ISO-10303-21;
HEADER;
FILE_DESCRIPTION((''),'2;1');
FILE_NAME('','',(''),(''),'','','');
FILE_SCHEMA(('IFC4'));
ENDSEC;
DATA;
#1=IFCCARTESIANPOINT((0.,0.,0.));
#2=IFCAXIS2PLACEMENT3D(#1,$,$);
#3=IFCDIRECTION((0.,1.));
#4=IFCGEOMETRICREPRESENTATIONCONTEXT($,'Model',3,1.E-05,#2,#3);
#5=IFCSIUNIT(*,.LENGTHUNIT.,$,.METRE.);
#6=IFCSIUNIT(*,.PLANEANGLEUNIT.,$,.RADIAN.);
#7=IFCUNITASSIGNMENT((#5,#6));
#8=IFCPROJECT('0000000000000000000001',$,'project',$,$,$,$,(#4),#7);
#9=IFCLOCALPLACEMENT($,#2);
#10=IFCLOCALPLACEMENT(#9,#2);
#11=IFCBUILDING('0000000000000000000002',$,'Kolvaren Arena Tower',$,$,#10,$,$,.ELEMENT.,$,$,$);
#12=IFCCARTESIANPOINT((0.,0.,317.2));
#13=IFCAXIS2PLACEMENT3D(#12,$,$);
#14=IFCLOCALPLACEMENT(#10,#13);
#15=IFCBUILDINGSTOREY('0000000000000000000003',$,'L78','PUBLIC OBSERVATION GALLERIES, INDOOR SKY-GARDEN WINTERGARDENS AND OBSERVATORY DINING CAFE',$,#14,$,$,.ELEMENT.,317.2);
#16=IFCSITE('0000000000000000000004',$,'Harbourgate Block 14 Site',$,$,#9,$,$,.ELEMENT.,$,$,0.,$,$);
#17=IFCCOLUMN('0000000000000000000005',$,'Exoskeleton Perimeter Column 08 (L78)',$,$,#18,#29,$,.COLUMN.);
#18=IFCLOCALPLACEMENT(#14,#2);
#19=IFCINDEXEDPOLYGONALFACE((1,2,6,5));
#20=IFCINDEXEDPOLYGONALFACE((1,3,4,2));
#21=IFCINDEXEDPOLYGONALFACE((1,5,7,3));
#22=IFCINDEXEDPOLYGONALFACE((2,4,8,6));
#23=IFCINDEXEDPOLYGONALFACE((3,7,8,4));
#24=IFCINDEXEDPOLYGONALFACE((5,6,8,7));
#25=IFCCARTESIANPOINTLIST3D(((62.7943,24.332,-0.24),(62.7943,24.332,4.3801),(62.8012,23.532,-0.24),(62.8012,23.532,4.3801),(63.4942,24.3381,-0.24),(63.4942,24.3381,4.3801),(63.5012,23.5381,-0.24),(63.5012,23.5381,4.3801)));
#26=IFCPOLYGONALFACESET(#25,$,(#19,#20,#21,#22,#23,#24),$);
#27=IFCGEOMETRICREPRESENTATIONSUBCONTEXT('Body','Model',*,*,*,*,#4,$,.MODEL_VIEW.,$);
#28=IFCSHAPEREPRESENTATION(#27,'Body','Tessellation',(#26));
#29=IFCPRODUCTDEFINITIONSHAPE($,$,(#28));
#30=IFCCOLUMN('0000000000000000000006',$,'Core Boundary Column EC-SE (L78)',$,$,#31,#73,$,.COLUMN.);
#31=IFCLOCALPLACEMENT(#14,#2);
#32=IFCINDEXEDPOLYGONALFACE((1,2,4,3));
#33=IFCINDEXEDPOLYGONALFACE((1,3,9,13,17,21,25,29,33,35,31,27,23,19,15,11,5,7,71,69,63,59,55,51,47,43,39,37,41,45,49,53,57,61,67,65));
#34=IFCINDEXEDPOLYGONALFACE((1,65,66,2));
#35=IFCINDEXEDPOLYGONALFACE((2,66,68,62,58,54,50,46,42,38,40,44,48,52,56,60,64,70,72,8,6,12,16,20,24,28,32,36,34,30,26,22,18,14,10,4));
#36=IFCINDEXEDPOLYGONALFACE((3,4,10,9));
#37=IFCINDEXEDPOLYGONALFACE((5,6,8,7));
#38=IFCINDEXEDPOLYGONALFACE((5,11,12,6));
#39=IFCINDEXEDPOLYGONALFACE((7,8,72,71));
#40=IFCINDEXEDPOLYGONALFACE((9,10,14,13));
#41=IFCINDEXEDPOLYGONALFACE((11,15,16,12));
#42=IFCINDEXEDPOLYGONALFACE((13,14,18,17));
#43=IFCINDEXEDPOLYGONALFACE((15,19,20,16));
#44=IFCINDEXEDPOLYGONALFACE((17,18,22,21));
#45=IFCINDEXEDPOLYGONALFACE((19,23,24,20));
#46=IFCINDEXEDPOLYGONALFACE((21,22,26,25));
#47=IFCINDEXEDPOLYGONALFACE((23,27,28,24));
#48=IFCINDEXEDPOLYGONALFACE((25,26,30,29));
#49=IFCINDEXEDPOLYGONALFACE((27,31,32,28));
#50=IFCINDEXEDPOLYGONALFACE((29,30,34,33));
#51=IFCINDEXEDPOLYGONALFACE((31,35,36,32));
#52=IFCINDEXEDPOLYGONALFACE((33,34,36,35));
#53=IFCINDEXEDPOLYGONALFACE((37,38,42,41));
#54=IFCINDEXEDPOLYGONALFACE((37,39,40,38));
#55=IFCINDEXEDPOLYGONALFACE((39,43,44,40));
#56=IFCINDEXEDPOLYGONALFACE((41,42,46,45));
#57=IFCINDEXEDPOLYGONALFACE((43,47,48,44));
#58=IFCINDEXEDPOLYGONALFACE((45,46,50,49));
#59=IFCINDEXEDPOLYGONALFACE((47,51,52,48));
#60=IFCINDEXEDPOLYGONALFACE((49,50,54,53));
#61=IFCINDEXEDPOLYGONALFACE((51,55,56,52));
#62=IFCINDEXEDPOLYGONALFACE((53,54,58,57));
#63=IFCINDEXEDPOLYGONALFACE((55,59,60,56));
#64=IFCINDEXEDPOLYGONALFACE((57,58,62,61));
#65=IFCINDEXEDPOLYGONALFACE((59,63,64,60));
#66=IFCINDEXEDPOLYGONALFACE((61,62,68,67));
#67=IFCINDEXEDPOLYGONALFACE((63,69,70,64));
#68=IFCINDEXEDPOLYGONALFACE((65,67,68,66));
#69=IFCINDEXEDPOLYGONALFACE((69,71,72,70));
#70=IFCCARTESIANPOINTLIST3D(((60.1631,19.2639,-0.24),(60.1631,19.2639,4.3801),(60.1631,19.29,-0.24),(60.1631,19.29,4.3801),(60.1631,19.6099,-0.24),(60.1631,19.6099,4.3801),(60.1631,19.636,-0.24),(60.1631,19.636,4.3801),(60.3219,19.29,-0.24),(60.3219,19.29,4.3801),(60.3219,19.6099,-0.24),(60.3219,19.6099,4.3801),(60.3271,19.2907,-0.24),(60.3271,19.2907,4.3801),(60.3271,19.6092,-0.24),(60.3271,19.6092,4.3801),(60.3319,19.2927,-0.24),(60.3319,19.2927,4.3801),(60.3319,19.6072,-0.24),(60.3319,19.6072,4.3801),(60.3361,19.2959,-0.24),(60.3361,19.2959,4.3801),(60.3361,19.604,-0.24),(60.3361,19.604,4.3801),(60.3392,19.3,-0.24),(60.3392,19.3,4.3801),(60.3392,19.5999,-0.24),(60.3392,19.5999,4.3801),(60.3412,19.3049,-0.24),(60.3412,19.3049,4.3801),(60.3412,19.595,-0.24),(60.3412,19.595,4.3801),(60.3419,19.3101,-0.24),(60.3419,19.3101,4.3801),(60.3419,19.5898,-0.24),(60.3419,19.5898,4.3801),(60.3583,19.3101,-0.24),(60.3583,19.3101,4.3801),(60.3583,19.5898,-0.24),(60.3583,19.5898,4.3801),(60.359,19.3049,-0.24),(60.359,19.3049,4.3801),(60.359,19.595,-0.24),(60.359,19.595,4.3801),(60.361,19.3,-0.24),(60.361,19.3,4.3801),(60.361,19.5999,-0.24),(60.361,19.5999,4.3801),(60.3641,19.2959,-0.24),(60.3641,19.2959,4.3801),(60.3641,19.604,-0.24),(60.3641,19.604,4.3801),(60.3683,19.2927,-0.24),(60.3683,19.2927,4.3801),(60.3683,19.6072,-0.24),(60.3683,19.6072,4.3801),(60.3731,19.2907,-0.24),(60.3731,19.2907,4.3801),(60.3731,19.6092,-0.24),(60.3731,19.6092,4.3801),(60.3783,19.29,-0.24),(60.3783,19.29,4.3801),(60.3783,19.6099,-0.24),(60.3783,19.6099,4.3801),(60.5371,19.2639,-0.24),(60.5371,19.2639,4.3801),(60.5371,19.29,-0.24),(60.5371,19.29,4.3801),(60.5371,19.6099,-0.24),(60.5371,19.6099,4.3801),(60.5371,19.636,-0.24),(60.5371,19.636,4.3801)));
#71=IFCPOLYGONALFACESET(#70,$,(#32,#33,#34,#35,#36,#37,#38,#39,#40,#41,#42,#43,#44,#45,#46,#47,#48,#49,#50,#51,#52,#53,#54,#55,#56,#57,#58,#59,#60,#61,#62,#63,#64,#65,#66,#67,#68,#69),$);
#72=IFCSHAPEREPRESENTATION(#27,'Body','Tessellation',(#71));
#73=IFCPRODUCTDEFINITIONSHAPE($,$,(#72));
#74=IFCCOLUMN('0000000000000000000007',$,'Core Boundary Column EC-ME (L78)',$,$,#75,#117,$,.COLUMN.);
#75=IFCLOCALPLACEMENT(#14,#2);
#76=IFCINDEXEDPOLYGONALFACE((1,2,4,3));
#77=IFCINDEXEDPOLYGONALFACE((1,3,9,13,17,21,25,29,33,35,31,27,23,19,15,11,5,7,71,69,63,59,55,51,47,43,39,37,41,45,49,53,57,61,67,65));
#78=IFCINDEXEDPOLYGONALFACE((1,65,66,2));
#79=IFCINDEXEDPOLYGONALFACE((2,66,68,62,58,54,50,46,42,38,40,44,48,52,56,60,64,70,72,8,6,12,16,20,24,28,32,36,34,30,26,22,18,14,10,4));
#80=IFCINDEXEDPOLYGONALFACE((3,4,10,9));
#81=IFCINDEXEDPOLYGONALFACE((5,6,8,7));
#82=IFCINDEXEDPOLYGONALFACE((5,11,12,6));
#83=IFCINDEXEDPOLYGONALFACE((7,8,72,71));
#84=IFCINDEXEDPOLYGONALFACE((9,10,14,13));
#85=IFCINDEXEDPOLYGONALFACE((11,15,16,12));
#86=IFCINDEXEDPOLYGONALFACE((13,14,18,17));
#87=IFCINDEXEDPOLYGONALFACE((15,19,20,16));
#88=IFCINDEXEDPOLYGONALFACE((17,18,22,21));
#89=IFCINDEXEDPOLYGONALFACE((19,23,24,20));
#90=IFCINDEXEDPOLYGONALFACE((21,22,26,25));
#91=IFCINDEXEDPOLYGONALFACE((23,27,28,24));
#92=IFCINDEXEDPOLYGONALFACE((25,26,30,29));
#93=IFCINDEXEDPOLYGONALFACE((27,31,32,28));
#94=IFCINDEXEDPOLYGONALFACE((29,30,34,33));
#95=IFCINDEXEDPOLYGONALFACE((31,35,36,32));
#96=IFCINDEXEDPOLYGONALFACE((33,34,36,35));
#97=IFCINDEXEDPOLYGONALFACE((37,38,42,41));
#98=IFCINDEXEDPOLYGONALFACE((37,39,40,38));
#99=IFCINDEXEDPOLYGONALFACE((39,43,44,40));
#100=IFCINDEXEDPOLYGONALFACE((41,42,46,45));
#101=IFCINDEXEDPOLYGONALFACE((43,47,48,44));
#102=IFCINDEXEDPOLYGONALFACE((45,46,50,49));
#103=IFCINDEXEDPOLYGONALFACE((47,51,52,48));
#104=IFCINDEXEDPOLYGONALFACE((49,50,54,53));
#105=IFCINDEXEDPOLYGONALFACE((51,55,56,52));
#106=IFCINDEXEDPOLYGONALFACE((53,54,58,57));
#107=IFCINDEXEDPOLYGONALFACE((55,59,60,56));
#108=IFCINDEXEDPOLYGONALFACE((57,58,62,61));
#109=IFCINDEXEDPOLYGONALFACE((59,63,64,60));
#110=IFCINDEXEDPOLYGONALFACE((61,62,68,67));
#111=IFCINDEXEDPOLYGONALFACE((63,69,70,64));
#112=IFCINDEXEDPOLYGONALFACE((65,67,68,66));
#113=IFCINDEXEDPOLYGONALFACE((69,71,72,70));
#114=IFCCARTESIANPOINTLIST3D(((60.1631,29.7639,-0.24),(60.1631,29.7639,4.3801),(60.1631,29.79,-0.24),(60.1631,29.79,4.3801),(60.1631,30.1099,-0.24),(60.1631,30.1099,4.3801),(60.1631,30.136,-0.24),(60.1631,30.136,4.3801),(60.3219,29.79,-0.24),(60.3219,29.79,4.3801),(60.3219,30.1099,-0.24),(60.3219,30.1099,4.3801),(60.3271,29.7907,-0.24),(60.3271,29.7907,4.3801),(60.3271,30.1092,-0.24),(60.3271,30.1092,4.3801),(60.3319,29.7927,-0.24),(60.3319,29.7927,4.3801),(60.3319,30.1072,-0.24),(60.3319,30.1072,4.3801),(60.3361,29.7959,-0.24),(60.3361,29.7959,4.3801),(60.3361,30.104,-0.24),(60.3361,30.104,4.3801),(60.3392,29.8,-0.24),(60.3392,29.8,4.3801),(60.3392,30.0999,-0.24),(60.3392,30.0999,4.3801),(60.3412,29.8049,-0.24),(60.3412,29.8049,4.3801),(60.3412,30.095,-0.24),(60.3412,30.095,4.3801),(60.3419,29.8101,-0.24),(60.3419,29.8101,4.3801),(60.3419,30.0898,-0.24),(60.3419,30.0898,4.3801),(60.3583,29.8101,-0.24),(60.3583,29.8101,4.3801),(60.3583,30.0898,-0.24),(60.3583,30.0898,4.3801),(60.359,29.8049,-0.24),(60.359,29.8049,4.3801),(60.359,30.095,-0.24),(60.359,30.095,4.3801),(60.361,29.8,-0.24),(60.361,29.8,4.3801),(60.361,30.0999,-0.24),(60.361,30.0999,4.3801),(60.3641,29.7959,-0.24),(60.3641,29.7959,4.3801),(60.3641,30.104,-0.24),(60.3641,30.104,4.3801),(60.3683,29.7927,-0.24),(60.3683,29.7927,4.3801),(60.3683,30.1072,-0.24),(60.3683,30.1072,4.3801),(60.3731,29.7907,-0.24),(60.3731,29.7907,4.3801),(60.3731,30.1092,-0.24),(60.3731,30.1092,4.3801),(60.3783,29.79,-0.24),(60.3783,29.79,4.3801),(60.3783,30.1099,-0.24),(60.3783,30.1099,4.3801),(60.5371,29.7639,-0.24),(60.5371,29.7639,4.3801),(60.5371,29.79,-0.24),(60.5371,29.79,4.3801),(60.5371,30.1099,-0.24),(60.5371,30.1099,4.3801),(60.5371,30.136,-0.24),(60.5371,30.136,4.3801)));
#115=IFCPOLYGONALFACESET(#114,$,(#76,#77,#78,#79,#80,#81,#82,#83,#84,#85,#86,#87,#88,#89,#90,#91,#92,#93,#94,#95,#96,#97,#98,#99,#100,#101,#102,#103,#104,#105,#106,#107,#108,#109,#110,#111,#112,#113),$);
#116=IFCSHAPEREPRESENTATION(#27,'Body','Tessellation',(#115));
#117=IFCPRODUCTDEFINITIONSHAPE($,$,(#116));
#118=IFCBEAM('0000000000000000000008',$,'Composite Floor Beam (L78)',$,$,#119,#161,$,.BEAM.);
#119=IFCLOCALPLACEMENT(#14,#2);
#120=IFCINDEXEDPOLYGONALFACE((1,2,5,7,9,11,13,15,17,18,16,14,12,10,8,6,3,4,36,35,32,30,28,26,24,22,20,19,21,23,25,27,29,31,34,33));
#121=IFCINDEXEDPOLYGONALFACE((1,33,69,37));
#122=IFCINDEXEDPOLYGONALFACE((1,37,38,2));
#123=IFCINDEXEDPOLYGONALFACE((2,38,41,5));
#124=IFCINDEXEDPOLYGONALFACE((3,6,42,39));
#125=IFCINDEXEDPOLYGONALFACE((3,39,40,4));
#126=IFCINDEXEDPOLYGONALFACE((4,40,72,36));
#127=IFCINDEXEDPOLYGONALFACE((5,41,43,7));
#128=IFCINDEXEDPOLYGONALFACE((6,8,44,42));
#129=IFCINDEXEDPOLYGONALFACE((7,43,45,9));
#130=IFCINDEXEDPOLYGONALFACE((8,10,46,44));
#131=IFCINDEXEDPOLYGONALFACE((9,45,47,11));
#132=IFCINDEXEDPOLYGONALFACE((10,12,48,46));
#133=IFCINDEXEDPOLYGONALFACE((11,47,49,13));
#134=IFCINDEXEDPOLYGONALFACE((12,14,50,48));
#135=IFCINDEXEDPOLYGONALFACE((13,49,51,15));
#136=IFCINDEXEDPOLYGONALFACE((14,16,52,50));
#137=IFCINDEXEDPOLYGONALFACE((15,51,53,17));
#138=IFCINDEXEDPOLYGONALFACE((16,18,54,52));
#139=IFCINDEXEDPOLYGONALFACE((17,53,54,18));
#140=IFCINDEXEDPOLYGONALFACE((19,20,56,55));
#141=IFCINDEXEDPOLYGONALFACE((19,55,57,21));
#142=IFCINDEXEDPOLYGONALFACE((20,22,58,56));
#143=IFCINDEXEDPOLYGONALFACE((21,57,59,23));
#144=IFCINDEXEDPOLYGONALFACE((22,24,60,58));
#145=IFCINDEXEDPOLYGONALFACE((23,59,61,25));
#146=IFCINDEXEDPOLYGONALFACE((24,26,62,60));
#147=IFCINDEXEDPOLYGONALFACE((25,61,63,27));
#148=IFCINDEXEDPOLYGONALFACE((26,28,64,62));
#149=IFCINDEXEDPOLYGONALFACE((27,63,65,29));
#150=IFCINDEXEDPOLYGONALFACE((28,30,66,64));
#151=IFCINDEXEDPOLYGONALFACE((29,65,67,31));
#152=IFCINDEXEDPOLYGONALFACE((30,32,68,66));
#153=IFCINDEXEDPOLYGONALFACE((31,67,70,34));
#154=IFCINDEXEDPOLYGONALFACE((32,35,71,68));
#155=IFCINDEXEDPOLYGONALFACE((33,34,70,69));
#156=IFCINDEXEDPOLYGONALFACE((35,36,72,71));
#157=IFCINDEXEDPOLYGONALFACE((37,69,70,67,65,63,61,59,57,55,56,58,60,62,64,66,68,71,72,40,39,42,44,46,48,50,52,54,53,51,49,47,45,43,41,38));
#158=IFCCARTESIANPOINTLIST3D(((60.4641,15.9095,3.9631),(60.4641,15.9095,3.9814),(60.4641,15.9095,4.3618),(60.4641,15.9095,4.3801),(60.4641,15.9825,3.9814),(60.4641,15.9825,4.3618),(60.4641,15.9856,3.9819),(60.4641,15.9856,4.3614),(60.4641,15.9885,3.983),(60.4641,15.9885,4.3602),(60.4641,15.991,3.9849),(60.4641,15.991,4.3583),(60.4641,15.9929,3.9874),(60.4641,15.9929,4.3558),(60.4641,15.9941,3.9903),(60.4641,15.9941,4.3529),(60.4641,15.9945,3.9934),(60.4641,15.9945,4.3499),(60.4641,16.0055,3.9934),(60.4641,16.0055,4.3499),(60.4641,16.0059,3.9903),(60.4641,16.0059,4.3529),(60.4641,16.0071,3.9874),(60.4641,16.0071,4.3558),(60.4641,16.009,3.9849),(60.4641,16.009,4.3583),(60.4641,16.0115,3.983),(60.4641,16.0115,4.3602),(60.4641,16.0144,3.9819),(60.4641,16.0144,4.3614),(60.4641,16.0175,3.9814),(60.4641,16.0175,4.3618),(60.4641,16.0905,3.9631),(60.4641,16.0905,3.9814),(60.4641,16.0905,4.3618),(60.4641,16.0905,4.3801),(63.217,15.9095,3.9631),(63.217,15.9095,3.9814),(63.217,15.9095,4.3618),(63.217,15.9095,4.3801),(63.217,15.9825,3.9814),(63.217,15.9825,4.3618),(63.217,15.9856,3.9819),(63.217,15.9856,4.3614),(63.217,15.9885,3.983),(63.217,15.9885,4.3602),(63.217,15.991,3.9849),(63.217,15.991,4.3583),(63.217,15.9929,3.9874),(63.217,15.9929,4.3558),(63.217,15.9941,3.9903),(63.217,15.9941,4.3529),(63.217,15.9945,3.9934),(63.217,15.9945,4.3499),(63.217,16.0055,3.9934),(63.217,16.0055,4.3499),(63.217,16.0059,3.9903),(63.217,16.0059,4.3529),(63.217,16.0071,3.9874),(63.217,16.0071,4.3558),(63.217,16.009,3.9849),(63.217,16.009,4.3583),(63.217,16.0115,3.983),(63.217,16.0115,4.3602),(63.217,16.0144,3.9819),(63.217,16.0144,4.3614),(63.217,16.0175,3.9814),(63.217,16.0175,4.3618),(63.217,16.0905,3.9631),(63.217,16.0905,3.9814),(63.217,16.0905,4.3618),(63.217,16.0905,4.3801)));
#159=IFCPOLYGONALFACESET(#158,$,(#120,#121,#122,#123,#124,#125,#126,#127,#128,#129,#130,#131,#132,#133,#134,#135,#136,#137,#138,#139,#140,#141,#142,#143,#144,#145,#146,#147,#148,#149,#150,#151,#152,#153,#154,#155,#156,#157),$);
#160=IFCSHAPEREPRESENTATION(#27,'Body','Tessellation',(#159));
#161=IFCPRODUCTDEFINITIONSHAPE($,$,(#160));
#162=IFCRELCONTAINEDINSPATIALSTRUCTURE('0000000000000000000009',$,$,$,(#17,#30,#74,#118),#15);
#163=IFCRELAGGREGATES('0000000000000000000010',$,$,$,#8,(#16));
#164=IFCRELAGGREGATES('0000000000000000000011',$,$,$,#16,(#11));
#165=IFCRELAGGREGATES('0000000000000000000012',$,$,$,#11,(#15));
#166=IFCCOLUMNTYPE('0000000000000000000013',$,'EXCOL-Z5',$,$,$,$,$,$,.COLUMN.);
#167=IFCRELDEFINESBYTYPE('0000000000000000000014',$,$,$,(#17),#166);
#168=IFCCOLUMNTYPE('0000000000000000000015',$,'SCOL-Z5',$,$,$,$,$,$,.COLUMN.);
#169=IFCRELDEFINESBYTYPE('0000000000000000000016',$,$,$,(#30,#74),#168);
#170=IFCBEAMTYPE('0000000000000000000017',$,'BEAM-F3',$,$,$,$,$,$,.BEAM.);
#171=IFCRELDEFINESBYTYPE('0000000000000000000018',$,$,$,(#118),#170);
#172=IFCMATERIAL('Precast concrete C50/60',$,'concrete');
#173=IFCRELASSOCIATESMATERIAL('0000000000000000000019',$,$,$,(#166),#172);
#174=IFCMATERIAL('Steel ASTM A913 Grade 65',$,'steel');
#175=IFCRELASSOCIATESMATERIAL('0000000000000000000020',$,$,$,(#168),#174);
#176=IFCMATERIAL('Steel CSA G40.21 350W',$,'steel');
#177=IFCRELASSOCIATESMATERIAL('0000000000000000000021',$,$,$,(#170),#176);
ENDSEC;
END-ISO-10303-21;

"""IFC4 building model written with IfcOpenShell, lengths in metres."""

from ifc_helpers import new_model, si_unit, direction, frame, origin, origin_2d, place, context, subcontext, project, spatial, rectangle, i_section, extrude, material, material_profile, profile_set, type_object, element, save


model = new_model("IFC4")

# Units and contexts
model_context = context("Model", 3, precision=1e-05, world=origin(), true_north=direction((0.0, 1.0)))
body_context = subcontext(model_context, "Body", "Model", "MODEL_VIEW")
ifc_project = project(units=[si_unit("LENGTHUNIT", "METRE"), si_unit("PLANEANGLEUNIT", "RADIAN")], contexts=[model_context])

# Site, building, storey
site_placement = place(None, origin())
site = spatial("IfcSite", under=ifc_project, at=site_placement, Name="Harbourgate Block 14 Site", CompositionType="ELEMENT", RefElevation=0.0)
building_placement = place(site_placement, origin())
building = spatial("IfcBuilding", under=site, at=building_placement, Name="Kolvaren Arena Tower", CompositionType="ELEMENT")
storey_placement = place(building_placement, frame((0.0, 0.0, 317.2)))
storey = spatial("IfcBuildingStorey", under=building, at=storey_placement, Name="L78", Description="PUBLIC OBSERVATION GALLERIES, INDOOR SKY-GARDEN WINTERGARDENS AND OBSERVATORY DINING CAFE", CompositionType="ELEMENT", Elevation=317.2)

# Columns
ifc_material_1 = material(Name="Precast concrete C50/60", Category="concrete")
ifc_material_profile_1 = material_profile(ifc_material_1, rectangle(XDim=0.8, YDim=0.7, at=origin_2d()), Name="RC-800x700")
ifc_profile_set_1 = profile_set([ifc_material_profile_1], Name="Precast concrete C50/60")
column_type_1 = type_object("IfcColumnType", Name="EXCOL-Z5", PredefinedType="COLUMN", material=ifc_profile_set_1)
column_placement = place(storey_placement, frame((63.1477, 23.9351, -0.24), z_axis=(0.0, 0.0, 1.0), x_axis=(-0.008727, 0.999962, 0.0)))
element("IfcColumn", 1, at=column_placement, inside=storey, type_object=column_type_1, Name="Exoskeleton Perimeter Column 08 (L78)", PredefinedType="COLUMN", context=body_context, shape_type="SweptSolid", body=[
    extrude(rectangle(XDim=0.8, YDim=0.7, at=origin_2d()), origin(), (0.0, 0.0, 1.0), 4.6201),
])
ifc_material_2 = material(Name="Steel ASTM A913 Grade 65", Category="steel")
ifc_material_profile_2 = material_profile(ifc_material_2, i_section(OverallWidth=0.374, OverallDepth=0.3721, WebThickness=0.0164, FlangeThickness=0.0261, FilletRadius=0.02, at=origin_2d()), Name="W360x196")
ifc_profile_set_2 = profile_set([ifc_material_profile_2], Name="Steel ASTM A913 Grade 65")
column_type_2 = type_object("IfcColumnType", Name="SCOL-Z5", PredefinedType="COLUMN", material=ifc_profile_set_2)
for number, where, z_axis, x_axis, name in (
    (2, (60.3501, 19.45, -0.24), (0.0, 0.0, 1.0), (1.0, 0.0, 0.0), "Core Boundary Column EC-SE (L78)"),
    (3, (60.3501, 29.95, -0.24), (0.0, 0.0, 1.0), (1.0, 0.0, 0.0), "Core Boundary Column EC-ME (L78)"),
):
    element("IfcColumn", number, at=place(storey_placement, frame(where, z_axis=z_axis, x_axis=x_axis)), inside=storey, type_object=column_type_2, Name=name, PredefinedType="COLUMN", context=body_context, shape_type="SweptSolid", body=[
        extrude(i_section(OverallWidth=0.374, OverallDepth=0.3721, WebThickness=0.0164, FlangeThickness=0.0261, FilletRadius=0.02, at=origin_2d()), origin(), (0.0, 0.0, 1.0), 4.6201),
    ])

# Beam
ifc_material_3 = material(Name="Steel CSA G40.21 350W", Category="steel")
ifc_material_profile_3 = material_profile(ifc_material_3, i_section(OverallWidth=0.1809, OverallDepth=0.417, WebThickness=0.011, FlangeThickness=0.0183, FilletRadius=0.012, at=origin_2d()), Name="W410x85")
ifc_profile_set_3 = profile_set([ifc_material_profile_3], Name="Steel CSA G40.21 350W")
beam_type_1 = type_object("IfcBeamType", Name="BEAM-F3", PredefinedType="BEAM", material=ifc_profile_set_3)
beam_1_placement = place(storey_placement, frame((60.4641, 16.0, 4.1716), z_axis=(1.0, 0.0, 0.0), x_axis=(0.0, 1.0, 0.0)))
element("IfcBeam", 4, at=beam_1_placement, inside=storey, type_object=beam_type_1, Name="Composite Floor Beam (L78)", PredefinedType="BEAM", context=body_context, shape_type="SweptSolid", body=[
    extrude(i_section(OverallWidth=0.1809, OverallDepth=0.417, WebThickness=0.011, FlangeThickness=0.0183, FilletRadius=0.012, at=origin_2d()), origin(), (0.0, 0.0, 1.0), 2.7529),
])

save(model, "model.ifc")
